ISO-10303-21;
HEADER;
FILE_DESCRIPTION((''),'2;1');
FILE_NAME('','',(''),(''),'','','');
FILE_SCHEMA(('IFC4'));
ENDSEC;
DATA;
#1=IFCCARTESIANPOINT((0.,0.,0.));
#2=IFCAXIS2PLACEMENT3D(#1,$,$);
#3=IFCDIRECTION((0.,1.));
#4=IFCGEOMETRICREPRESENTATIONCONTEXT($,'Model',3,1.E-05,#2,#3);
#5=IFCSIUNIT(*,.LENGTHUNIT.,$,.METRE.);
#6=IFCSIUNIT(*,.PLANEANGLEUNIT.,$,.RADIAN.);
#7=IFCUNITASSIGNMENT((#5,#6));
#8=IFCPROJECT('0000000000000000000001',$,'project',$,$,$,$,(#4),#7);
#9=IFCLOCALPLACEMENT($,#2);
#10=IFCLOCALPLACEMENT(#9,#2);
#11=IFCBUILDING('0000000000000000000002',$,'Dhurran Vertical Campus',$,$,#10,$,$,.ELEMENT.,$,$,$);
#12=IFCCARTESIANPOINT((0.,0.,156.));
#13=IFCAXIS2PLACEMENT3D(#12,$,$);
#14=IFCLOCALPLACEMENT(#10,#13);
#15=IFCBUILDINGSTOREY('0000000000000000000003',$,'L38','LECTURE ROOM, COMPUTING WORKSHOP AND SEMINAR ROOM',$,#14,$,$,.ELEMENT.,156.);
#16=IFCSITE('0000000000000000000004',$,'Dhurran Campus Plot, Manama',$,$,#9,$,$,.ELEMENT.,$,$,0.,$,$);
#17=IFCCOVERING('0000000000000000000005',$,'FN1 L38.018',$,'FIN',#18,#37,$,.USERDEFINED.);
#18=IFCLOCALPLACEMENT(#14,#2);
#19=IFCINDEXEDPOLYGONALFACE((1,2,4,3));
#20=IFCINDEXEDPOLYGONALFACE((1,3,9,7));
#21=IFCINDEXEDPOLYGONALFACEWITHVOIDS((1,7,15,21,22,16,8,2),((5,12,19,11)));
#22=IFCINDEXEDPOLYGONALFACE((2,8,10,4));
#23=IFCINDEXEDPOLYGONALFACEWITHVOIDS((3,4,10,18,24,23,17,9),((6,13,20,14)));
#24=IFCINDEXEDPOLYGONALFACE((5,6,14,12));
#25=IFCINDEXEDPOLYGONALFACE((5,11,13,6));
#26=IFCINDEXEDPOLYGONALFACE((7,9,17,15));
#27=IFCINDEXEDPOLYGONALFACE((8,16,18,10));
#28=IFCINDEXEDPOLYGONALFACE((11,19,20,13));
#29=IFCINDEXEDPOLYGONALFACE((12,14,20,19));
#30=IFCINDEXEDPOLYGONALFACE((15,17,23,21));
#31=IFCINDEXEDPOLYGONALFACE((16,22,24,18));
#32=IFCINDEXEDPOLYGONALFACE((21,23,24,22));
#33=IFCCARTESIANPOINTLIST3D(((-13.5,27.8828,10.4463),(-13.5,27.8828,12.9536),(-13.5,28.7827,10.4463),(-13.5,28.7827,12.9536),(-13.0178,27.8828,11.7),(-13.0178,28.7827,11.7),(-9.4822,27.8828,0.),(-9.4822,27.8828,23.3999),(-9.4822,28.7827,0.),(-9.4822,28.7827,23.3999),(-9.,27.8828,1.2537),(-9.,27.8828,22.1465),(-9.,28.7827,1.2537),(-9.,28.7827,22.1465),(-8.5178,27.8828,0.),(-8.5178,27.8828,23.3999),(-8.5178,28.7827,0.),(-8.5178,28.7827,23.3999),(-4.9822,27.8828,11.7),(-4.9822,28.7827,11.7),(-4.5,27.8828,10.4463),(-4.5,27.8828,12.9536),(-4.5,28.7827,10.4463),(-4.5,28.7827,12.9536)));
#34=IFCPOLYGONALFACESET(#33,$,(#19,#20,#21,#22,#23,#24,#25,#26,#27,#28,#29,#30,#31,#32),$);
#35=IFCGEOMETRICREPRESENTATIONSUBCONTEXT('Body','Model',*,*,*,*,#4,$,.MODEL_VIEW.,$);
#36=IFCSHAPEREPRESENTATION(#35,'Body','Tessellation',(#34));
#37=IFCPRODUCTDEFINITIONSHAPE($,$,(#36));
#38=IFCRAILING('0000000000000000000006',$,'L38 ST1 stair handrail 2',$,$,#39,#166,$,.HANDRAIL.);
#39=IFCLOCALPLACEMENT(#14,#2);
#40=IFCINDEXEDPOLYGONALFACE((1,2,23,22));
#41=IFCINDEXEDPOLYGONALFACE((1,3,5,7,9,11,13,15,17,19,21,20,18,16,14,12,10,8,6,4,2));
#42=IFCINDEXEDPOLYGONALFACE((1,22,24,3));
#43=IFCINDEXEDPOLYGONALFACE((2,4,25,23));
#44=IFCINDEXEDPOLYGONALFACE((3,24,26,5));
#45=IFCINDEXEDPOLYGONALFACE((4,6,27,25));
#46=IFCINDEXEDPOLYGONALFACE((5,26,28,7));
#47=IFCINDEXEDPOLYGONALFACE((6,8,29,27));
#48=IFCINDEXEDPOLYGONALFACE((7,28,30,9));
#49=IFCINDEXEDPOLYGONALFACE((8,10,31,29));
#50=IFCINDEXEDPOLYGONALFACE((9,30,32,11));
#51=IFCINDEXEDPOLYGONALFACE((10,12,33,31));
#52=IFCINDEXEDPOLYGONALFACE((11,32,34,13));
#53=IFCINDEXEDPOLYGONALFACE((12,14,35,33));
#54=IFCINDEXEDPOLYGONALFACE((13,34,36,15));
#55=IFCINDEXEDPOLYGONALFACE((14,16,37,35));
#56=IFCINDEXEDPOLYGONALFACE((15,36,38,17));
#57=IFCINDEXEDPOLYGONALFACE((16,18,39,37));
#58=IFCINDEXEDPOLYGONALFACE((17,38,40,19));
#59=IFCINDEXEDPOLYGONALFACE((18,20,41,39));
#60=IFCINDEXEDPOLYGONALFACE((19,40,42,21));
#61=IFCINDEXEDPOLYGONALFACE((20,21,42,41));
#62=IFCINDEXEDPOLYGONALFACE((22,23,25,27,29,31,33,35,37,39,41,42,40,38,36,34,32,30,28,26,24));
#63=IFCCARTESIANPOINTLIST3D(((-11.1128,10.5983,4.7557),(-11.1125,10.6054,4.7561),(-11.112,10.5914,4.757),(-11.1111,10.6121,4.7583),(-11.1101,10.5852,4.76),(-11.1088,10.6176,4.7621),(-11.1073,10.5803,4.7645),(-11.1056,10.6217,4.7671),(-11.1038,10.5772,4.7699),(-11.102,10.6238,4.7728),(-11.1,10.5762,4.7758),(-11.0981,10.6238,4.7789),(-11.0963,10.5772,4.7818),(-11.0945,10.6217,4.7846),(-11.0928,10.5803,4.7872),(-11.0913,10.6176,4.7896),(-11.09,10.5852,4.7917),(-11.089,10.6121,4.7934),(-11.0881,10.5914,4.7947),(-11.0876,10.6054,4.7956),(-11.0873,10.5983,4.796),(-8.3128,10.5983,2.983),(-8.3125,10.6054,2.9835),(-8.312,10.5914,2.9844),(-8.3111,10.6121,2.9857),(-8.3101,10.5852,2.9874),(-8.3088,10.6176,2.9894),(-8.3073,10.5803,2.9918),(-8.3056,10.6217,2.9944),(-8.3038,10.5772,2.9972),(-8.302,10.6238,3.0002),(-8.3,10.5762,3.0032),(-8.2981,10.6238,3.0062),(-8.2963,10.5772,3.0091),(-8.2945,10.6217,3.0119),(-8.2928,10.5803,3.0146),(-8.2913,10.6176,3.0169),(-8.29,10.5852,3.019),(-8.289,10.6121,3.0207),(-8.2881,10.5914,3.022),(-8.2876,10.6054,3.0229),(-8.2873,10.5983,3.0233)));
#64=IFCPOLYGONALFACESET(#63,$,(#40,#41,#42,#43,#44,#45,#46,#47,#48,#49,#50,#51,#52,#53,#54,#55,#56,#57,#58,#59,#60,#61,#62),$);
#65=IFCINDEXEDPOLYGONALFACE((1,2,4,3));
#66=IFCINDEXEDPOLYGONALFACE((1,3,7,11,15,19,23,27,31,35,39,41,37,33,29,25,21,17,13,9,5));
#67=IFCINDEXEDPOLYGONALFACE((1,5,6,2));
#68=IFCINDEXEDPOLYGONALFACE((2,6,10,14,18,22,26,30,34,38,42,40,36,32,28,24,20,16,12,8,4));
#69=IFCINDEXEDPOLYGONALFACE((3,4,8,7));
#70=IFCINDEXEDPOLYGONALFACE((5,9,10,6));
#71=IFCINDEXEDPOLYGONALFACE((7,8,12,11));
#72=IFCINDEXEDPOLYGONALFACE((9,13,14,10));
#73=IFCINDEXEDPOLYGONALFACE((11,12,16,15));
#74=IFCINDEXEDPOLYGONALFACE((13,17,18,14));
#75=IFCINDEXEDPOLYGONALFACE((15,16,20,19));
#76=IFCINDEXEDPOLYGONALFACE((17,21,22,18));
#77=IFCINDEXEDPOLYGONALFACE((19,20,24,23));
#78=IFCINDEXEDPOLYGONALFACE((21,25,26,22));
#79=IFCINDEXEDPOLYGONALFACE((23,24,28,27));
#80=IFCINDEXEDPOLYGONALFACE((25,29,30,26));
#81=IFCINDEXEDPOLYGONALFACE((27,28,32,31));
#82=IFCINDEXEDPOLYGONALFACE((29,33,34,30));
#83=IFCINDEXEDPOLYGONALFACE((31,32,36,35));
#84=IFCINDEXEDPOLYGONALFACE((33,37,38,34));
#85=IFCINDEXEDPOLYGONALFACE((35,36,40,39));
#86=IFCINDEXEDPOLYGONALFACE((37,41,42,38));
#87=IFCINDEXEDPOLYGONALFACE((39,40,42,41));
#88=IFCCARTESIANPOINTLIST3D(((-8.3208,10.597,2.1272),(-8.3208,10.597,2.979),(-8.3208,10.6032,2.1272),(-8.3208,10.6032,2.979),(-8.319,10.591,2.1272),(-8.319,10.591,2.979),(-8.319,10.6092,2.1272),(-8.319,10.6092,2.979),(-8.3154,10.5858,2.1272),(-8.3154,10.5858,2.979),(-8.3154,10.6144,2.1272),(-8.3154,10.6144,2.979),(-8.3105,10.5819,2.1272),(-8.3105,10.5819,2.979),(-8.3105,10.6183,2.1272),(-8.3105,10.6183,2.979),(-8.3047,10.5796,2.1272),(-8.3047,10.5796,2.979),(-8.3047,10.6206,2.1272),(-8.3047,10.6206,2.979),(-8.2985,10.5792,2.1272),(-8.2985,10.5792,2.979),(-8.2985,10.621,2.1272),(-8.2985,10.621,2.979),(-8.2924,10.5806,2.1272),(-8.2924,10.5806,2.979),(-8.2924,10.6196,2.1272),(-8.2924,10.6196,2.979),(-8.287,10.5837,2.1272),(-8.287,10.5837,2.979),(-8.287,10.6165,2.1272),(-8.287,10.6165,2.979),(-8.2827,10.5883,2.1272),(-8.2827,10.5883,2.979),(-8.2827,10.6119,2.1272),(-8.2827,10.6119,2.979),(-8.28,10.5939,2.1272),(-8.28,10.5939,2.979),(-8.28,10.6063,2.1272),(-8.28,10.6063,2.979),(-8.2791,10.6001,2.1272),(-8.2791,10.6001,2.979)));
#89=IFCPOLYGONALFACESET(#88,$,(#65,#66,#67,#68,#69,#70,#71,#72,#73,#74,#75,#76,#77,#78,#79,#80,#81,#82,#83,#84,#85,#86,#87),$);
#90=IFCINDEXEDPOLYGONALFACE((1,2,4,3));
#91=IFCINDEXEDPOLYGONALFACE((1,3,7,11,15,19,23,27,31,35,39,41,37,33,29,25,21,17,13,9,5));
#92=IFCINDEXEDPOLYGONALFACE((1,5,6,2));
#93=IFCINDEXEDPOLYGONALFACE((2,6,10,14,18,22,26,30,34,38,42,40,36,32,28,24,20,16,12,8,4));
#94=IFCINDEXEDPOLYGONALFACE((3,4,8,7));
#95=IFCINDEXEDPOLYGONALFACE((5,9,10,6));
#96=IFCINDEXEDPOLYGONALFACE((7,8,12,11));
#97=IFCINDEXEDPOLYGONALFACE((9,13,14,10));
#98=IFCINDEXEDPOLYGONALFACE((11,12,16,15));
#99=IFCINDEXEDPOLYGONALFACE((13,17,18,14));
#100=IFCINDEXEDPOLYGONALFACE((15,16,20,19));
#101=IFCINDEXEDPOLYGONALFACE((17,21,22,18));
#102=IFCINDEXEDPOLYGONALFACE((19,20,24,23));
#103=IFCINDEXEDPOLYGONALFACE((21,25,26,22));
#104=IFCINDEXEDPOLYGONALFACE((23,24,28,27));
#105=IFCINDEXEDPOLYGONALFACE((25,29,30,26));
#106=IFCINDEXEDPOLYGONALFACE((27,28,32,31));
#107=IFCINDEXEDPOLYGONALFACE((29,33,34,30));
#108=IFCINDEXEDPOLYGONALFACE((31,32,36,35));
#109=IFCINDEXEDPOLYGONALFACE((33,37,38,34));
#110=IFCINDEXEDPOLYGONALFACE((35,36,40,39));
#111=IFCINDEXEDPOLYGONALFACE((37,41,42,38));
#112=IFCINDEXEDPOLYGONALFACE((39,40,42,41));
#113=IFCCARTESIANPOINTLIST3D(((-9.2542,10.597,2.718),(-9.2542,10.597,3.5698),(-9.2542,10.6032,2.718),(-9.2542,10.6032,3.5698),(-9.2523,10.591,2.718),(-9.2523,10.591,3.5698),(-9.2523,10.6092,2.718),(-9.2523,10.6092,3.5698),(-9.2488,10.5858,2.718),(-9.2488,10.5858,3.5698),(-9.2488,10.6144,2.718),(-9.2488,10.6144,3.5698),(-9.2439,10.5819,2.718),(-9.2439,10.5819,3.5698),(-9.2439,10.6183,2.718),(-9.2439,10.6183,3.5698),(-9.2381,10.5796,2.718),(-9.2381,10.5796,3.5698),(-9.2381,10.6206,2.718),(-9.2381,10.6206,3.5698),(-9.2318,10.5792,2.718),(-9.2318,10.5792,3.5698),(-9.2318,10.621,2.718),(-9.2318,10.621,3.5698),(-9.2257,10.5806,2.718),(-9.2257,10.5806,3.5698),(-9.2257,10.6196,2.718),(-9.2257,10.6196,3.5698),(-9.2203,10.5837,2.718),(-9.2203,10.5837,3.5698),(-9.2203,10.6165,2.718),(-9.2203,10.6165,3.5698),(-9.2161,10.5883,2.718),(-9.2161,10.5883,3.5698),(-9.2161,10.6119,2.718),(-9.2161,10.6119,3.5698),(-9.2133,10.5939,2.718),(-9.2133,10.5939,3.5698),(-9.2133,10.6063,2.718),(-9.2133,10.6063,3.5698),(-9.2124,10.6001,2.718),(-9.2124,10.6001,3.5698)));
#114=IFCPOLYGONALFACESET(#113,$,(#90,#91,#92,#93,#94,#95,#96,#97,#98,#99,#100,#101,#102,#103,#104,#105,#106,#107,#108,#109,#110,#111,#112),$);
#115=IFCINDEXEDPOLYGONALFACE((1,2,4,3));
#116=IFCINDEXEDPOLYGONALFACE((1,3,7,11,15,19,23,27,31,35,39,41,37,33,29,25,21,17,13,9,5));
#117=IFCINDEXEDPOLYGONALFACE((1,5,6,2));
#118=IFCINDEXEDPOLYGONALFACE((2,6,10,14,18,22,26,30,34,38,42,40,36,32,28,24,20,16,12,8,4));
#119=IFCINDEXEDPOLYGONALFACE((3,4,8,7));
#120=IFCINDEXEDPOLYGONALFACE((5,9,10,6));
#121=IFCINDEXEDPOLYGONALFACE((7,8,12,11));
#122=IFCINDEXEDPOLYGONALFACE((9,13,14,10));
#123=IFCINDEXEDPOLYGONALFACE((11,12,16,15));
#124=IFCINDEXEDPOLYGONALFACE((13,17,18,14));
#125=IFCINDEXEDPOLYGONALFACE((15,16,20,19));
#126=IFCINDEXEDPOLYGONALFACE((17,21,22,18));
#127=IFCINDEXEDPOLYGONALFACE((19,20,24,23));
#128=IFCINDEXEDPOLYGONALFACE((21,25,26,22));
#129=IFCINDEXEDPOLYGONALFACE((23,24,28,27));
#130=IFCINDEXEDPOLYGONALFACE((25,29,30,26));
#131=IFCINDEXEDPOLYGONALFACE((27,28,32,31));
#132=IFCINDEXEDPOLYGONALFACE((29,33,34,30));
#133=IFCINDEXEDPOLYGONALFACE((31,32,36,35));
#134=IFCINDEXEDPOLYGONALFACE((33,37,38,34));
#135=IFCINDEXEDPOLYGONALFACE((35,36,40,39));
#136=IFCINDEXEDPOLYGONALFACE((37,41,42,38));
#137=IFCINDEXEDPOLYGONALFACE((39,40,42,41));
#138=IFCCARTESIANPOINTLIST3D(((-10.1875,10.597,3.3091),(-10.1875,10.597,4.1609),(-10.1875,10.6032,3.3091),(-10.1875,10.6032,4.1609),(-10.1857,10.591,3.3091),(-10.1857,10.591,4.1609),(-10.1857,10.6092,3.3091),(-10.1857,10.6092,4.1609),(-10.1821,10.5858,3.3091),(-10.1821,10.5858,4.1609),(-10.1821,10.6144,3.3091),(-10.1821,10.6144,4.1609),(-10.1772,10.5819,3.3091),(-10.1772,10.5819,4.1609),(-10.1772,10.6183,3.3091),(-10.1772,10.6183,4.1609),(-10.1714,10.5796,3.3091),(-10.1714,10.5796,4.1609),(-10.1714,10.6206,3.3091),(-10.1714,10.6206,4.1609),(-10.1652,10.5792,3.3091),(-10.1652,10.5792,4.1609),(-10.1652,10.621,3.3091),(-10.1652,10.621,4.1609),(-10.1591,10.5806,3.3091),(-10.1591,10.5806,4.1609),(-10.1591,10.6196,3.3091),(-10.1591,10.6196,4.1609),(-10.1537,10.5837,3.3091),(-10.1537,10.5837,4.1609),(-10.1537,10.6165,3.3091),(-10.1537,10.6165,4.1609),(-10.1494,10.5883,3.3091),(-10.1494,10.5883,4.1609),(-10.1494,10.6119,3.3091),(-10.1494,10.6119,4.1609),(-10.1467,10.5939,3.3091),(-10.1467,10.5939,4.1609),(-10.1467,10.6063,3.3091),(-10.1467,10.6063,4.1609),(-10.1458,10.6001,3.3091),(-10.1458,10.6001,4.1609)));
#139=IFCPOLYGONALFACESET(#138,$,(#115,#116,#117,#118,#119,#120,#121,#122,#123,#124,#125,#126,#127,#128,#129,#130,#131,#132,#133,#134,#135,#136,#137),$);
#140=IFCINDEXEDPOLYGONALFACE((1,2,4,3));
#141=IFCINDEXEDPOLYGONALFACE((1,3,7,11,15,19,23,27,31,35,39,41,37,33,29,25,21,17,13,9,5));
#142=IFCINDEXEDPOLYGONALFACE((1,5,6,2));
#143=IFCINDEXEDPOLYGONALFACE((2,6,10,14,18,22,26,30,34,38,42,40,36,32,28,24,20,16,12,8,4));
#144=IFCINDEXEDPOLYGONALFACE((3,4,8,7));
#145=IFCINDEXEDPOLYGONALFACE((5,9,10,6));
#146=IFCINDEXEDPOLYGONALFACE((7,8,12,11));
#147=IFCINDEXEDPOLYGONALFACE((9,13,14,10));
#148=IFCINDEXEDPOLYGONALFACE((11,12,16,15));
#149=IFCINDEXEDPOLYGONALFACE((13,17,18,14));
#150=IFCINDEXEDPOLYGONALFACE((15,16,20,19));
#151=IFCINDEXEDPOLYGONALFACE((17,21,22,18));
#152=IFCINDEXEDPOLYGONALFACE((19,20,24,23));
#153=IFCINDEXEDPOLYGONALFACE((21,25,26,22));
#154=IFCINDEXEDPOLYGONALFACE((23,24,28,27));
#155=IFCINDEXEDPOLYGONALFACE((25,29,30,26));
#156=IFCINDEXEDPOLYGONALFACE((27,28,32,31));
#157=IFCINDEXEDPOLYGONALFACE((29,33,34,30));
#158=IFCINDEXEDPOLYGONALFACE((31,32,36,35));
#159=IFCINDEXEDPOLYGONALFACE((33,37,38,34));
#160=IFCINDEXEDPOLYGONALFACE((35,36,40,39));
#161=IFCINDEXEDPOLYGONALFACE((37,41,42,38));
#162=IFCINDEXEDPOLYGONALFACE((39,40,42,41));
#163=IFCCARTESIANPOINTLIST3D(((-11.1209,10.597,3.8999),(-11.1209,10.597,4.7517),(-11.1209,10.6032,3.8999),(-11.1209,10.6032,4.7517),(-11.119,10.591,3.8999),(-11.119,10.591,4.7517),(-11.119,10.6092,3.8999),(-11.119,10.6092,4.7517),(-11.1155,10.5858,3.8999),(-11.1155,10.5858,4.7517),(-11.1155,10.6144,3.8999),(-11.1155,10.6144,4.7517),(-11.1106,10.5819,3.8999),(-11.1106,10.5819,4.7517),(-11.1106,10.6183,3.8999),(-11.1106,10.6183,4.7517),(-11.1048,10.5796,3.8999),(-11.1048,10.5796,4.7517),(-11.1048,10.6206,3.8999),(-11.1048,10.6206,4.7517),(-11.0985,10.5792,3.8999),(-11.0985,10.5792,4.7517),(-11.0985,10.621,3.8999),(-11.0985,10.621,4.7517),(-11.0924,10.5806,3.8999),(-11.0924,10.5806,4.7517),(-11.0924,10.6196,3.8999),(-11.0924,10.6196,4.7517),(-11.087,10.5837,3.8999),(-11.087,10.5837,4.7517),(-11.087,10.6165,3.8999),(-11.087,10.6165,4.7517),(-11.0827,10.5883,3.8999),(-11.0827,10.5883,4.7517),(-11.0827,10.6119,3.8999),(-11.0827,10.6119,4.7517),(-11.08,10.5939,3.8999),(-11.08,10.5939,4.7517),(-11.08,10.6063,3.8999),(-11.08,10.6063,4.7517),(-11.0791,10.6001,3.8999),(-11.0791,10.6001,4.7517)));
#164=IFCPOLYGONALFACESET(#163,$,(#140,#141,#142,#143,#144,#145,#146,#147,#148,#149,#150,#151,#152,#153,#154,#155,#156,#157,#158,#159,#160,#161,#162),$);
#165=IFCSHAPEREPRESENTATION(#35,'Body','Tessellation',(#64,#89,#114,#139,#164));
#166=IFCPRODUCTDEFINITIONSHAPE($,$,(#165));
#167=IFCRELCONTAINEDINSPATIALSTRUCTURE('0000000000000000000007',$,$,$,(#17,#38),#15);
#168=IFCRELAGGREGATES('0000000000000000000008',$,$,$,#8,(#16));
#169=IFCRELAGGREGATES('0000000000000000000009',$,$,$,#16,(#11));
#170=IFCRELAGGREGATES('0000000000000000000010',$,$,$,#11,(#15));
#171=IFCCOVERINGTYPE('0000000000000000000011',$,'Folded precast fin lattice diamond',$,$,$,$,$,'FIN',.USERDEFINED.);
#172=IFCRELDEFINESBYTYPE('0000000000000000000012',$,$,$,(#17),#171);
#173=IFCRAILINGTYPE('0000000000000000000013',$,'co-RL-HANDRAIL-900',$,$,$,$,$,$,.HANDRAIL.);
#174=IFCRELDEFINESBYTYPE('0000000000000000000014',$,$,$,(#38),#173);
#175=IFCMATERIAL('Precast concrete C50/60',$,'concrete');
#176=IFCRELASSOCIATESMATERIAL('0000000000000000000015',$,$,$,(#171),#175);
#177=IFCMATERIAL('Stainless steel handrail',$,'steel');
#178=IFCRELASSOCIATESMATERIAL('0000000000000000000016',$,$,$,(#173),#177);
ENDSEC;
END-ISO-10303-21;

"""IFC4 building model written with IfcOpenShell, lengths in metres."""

from ifc_helpers import new_model, si_unit, direction, frame, origin, origin_2d, place, context, subcontext, project, spatial, polyline, circle, outline, extrude, material, type_object, element, save


model = new_model("IFC4")

# Units and contexts
model_context = context("Model", 3, precision=1e-05, world=origin(), true_north=direction((0.0, 1.0)))
body_context = subcontext(model_context, "Body", "Model", "MODEL_VIEW")
ifc_project = project(units=[si_unit("LENGTHUNIT", "METRE"), si_unit("PLANEANGLEUNIT", "RADIAN")], contexts=[model_context])

# Site, building, storey
site_placement = place(None, origin())
site = spatial("IfcSite", under=ifc_project, at=site_placement, Name="Dhurran Campus Plot, Manama", CompositionType="ELEMENT", RefElevation=0.0)
building_placement = place(site_placement, origin())
building = spatial("IfcBuilding", under=site, at=building_placement, Name="Dhurran Vertical Campus", CompositionType="ELEMENT")
storey_placement = place(building_placement, frame((0.0, 0.0, 156.0)))
storey = spatial("IfcBuildingStorey", under=building, at=storey_placement, Name="L38", Description="LECTURE ROOM, COMPUTING WORKSHOP AND SEMINAR ROOM", CompositionType="ELEMENT", Elevation=156.0)

# Covering
ifc_material_1 = material(Name="Precast concrete C50/60", Category="concrete")
covering_type = type_object("IfcCoveringType", Name="Folded precast fin lattice diamond", ElementType="FIN", PredefinedType="USERDEFINED", material=ifc_material_1)
covering_placement = place(storey_placement, frame((-4.5, 27.8828, 0.0), z_axis=(0.0, 1.0, 0.0), x_axis=(-1.0, 0.0, 0.0)))
element("IfcCovering", 1, at=covering_placement, inside=storey, type_object=covering_type, Name="FN1 L38.018", ObjectType="FIN", PredefinedType="USERDEFINED", context=body_context, shape_type="SweptSolid", body=[
    extrude(outline(polyline([(9.0, 12.9536), (9.0, 10.4463), (4.9822, 0.0), (4.0178, 0.0), (0.0, 10.4463), (0.0, 12.9536), (4.0178, 23.3999), (4.9822, 23.3999), (9.0, 12.9536)]), holes=[polyline([(8.5178, 11.7), (4.5, 22.1465), (0.4822, 11.7), (4.5, 1.2537), (8.5178, 11.7)])]), origin(), (0.0, 0.0, 1.0), 0.8999),
])

# Railing
ifc_material_2 = material(Name="Stainless steel handrail", Category="steel")
railing_type = type_object("IfcRailingType", Name="co-RL-HANDRAIL-900", PredefinedType="HANDRAIL", material=ifc_material_2)
railing_placement = place(storey_placement, frame((-8.3, 10.6001, 2.1272)))
element("IfcRailing", 2, at=railing_placement, inside=storey, type_object=railing_type, Name="L38 ST1 stair handrail 2", PredefinedType="HANDRAIL", context=body_context, shape_type="SweptSolid", body=[
    extrude(circle(Radius=0.0239, at=origin_2d()), frame((0.0, 0.0, 0.876), z_axis=(-0.844909, 0.0, 0.53491), x_axis=(0.0, -1.0, 0.0)), (0.0, 0.0, 1.0), 3.314),
    extrude(circle(Radius=0.021, at=origin_2d()), origin(), (0.0, 0.0, 1.0), 0.8518),
    extrude(circle(Radius=0.021, at=origin_2d()), frame((-0.9333, 0.0, 0.5908)), (0.0, 0.0, 1.0), 0.8518),
    extrude(circle(Radius=0.021, at=origin_2d()), frame((-1.8667, 0.0, 1.1819)), (0.0, 0.0, 1.0), 0.8518),
    extrude(circle(Radius=0.021, at=origin_2d()), frame((-2.8, 0.0, 1.7727)), (0.0, 0.0, 1.0), 0.8518),
])

save(model, "model.ifc")
